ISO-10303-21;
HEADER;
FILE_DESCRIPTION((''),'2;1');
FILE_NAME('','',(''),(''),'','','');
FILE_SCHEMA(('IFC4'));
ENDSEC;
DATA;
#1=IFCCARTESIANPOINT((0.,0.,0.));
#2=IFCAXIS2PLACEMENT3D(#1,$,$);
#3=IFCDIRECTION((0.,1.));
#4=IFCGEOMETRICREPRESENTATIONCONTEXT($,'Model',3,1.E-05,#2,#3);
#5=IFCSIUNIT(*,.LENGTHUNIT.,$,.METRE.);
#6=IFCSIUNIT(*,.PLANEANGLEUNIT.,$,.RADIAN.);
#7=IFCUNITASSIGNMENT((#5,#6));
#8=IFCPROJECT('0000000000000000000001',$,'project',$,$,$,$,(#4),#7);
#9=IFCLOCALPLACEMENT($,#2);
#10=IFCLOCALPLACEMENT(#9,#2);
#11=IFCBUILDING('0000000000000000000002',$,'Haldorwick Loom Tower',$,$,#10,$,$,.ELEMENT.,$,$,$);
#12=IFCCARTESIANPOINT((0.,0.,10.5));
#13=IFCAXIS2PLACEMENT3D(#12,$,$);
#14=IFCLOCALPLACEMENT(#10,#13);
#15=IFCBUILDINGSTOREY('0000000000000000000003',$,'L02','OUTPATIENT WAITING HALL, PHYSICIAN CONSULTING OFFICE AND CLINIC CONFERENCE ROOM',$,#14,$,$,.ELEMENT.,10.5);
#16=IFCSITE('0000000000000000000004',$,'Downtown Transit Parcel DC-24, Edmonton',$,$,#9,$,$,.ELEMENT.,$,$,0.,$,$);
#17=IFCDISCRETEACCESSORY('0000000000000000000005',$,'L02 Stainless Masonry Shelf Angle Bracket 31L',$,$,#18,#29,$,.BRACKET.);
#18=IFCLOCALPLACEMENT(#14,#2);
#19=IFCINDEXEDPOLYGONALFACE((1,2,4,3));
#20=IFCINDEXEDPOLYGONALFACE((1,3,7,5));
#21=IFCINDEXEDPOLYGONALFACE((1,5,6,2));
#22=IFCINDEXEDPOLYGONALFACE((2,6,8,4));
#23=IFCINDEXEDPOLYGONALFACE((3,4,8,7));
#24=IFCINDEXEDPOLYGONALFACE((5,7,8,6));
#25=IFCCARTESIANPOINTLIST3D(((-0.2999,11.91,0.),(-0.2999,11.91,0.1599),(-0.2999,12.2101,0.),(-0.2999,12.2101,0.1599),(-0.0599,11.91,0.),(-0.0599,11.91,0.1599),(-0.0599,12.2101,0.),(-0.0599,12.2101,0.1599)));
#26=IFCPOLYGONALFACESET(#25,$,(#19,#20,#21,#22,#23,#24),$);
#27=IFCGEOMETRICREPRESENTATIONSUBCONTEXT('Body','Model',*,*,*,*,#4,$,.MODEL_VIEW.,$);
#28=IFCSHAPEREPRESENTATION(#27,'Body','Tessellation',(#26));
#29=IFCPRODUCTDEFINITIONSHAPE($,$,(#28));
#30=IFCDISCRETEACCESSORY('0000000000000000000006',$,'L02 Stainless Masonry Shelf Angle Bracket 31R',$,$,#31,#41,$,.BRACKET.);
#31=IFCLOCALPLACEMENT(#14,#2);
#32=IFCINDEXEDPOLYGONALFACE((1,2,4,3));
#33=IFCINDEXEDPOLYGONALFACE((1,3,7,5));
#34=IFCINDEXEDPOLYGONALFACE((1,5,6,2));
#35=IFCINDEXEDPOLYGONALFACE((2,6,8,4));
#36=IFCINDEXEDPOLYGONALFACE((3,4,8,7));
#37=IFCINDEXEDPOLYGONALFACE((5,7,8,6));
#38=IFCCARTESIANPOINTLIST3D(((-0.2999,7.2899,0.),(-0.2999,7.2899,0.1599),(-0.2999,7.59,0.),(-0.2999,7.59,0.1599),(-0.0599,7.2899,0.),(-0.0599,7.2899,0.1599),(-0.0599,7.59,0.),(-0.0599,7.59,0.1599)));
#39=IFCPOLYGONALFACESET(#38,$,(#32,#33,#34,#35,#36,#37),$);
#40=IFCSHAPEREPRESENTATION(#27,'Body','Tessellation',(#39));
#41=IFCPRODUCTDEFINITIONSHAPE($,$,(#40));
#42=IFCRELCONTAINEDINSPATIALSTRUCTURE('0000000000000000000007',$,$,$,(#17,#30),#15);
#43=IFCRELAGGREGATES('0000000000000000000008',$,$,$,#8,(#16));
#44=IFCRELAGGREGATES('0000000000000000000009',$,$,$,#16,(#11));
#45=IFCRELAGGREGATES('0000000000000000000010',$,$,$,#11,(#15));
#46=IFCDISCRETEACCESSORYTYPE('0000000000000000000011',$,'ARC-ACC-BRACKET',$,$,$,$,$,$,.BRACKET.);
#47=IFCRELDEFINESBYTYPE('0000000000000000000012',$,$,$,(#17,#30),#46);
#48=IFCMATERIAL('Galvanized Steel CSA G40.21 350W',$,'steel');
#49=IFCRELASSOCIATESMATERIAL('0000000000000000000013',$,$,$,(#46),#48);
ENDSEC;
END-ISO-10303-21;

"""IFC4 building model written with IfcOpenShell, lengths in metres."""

from ifc_helpers import new_model, si_unit, direction, frame, origin, origin_2d, place, context, subcontext, project, spatial, rectangle, extrude, material, type_object, element, save


model = new_model("IFC4")

# Units and contexts
model_context = context("Model", 3, precision=1e-05, world=origin(), true_north=direction((0.0, 1.0)))
body_context = subcontext(model_context, "Body", "Model", "MODEL_VIEW")
ifc_project = project(units=[si_unit("LENGTHUNIT", "METRE"), si_unit("PLANEANGLEUNIT", "RADIAN")], contexts=[model_context])

# Site, building, storey
site_placement = place(None, origin())
site = spatial("IfcSite", under=ifc_project, at=site_placement, Name="Downtown Transit Parcel DC-24, Edmonton", CompositionType="ELEMENT", RefElevation=0.0)
building_placement = place(site_placement, origin())
building = spatial("IfcBuilding", under=site, at=building_placement, Name="Haldorwick Loom Tower", CompositionType="ELEMENT")
storey_placement = place(building_placement, frame((0.0, 0.0, 10.5)))
storey = spatial("IfcBuildingStorey", under=building, at=storey_placement, Name="L02", Description="OUTPATIENT WAITING HALL, PHYSICIAN CONSULTING OFFICE AND CLINIC CONFERENCE ROOM", CompositionType="ELEMENT", Elevation=10.5)

# Discrete accessories
ifc_material_1 = material(Name="Galvanized Steel CSA G40.21 350W", Category="steel")
discrete_accessory_type = type_object("IfcDiscreteAccessoryType", Name="ARC-ACC-BRACKET", PredefinedType="BRACKET", material=ifc_material_1)
for number, where, z_axis, x_axis, name in (
    (1, (-0.1799, 12.0601, 0.0), (0.0, 0.0, 1.0), (0.0, -1.0, 0.0), "L02 Stainless Masonry Shelf Angle Bracket 31L"),
    (2, (-0.1799, 7.4399, 0.0), (0.0, 0.0, 1.0), (0.0, -1.0, 0.0), "L02 Stainless Masonry Shelf Angle Bracket 31R"),
):
    element("IfcDiscreteAccessory", number, at=place(storey_placement, frame(where, z_axis=z_axis, x_axis=x_axis)), inside=storey, type_object=discrete_accessory_type, Name=name, PredefinedType="BRACKET", context=body_context, shape_type="SweptSolid", body=[
        extrude(rectangle(XDim=0.3, YDim=0.24, at=origin_2d()), origin(), (0.0, 0.0, 1.0), 0.1599),
    ])

save(model, "model.ifc")
